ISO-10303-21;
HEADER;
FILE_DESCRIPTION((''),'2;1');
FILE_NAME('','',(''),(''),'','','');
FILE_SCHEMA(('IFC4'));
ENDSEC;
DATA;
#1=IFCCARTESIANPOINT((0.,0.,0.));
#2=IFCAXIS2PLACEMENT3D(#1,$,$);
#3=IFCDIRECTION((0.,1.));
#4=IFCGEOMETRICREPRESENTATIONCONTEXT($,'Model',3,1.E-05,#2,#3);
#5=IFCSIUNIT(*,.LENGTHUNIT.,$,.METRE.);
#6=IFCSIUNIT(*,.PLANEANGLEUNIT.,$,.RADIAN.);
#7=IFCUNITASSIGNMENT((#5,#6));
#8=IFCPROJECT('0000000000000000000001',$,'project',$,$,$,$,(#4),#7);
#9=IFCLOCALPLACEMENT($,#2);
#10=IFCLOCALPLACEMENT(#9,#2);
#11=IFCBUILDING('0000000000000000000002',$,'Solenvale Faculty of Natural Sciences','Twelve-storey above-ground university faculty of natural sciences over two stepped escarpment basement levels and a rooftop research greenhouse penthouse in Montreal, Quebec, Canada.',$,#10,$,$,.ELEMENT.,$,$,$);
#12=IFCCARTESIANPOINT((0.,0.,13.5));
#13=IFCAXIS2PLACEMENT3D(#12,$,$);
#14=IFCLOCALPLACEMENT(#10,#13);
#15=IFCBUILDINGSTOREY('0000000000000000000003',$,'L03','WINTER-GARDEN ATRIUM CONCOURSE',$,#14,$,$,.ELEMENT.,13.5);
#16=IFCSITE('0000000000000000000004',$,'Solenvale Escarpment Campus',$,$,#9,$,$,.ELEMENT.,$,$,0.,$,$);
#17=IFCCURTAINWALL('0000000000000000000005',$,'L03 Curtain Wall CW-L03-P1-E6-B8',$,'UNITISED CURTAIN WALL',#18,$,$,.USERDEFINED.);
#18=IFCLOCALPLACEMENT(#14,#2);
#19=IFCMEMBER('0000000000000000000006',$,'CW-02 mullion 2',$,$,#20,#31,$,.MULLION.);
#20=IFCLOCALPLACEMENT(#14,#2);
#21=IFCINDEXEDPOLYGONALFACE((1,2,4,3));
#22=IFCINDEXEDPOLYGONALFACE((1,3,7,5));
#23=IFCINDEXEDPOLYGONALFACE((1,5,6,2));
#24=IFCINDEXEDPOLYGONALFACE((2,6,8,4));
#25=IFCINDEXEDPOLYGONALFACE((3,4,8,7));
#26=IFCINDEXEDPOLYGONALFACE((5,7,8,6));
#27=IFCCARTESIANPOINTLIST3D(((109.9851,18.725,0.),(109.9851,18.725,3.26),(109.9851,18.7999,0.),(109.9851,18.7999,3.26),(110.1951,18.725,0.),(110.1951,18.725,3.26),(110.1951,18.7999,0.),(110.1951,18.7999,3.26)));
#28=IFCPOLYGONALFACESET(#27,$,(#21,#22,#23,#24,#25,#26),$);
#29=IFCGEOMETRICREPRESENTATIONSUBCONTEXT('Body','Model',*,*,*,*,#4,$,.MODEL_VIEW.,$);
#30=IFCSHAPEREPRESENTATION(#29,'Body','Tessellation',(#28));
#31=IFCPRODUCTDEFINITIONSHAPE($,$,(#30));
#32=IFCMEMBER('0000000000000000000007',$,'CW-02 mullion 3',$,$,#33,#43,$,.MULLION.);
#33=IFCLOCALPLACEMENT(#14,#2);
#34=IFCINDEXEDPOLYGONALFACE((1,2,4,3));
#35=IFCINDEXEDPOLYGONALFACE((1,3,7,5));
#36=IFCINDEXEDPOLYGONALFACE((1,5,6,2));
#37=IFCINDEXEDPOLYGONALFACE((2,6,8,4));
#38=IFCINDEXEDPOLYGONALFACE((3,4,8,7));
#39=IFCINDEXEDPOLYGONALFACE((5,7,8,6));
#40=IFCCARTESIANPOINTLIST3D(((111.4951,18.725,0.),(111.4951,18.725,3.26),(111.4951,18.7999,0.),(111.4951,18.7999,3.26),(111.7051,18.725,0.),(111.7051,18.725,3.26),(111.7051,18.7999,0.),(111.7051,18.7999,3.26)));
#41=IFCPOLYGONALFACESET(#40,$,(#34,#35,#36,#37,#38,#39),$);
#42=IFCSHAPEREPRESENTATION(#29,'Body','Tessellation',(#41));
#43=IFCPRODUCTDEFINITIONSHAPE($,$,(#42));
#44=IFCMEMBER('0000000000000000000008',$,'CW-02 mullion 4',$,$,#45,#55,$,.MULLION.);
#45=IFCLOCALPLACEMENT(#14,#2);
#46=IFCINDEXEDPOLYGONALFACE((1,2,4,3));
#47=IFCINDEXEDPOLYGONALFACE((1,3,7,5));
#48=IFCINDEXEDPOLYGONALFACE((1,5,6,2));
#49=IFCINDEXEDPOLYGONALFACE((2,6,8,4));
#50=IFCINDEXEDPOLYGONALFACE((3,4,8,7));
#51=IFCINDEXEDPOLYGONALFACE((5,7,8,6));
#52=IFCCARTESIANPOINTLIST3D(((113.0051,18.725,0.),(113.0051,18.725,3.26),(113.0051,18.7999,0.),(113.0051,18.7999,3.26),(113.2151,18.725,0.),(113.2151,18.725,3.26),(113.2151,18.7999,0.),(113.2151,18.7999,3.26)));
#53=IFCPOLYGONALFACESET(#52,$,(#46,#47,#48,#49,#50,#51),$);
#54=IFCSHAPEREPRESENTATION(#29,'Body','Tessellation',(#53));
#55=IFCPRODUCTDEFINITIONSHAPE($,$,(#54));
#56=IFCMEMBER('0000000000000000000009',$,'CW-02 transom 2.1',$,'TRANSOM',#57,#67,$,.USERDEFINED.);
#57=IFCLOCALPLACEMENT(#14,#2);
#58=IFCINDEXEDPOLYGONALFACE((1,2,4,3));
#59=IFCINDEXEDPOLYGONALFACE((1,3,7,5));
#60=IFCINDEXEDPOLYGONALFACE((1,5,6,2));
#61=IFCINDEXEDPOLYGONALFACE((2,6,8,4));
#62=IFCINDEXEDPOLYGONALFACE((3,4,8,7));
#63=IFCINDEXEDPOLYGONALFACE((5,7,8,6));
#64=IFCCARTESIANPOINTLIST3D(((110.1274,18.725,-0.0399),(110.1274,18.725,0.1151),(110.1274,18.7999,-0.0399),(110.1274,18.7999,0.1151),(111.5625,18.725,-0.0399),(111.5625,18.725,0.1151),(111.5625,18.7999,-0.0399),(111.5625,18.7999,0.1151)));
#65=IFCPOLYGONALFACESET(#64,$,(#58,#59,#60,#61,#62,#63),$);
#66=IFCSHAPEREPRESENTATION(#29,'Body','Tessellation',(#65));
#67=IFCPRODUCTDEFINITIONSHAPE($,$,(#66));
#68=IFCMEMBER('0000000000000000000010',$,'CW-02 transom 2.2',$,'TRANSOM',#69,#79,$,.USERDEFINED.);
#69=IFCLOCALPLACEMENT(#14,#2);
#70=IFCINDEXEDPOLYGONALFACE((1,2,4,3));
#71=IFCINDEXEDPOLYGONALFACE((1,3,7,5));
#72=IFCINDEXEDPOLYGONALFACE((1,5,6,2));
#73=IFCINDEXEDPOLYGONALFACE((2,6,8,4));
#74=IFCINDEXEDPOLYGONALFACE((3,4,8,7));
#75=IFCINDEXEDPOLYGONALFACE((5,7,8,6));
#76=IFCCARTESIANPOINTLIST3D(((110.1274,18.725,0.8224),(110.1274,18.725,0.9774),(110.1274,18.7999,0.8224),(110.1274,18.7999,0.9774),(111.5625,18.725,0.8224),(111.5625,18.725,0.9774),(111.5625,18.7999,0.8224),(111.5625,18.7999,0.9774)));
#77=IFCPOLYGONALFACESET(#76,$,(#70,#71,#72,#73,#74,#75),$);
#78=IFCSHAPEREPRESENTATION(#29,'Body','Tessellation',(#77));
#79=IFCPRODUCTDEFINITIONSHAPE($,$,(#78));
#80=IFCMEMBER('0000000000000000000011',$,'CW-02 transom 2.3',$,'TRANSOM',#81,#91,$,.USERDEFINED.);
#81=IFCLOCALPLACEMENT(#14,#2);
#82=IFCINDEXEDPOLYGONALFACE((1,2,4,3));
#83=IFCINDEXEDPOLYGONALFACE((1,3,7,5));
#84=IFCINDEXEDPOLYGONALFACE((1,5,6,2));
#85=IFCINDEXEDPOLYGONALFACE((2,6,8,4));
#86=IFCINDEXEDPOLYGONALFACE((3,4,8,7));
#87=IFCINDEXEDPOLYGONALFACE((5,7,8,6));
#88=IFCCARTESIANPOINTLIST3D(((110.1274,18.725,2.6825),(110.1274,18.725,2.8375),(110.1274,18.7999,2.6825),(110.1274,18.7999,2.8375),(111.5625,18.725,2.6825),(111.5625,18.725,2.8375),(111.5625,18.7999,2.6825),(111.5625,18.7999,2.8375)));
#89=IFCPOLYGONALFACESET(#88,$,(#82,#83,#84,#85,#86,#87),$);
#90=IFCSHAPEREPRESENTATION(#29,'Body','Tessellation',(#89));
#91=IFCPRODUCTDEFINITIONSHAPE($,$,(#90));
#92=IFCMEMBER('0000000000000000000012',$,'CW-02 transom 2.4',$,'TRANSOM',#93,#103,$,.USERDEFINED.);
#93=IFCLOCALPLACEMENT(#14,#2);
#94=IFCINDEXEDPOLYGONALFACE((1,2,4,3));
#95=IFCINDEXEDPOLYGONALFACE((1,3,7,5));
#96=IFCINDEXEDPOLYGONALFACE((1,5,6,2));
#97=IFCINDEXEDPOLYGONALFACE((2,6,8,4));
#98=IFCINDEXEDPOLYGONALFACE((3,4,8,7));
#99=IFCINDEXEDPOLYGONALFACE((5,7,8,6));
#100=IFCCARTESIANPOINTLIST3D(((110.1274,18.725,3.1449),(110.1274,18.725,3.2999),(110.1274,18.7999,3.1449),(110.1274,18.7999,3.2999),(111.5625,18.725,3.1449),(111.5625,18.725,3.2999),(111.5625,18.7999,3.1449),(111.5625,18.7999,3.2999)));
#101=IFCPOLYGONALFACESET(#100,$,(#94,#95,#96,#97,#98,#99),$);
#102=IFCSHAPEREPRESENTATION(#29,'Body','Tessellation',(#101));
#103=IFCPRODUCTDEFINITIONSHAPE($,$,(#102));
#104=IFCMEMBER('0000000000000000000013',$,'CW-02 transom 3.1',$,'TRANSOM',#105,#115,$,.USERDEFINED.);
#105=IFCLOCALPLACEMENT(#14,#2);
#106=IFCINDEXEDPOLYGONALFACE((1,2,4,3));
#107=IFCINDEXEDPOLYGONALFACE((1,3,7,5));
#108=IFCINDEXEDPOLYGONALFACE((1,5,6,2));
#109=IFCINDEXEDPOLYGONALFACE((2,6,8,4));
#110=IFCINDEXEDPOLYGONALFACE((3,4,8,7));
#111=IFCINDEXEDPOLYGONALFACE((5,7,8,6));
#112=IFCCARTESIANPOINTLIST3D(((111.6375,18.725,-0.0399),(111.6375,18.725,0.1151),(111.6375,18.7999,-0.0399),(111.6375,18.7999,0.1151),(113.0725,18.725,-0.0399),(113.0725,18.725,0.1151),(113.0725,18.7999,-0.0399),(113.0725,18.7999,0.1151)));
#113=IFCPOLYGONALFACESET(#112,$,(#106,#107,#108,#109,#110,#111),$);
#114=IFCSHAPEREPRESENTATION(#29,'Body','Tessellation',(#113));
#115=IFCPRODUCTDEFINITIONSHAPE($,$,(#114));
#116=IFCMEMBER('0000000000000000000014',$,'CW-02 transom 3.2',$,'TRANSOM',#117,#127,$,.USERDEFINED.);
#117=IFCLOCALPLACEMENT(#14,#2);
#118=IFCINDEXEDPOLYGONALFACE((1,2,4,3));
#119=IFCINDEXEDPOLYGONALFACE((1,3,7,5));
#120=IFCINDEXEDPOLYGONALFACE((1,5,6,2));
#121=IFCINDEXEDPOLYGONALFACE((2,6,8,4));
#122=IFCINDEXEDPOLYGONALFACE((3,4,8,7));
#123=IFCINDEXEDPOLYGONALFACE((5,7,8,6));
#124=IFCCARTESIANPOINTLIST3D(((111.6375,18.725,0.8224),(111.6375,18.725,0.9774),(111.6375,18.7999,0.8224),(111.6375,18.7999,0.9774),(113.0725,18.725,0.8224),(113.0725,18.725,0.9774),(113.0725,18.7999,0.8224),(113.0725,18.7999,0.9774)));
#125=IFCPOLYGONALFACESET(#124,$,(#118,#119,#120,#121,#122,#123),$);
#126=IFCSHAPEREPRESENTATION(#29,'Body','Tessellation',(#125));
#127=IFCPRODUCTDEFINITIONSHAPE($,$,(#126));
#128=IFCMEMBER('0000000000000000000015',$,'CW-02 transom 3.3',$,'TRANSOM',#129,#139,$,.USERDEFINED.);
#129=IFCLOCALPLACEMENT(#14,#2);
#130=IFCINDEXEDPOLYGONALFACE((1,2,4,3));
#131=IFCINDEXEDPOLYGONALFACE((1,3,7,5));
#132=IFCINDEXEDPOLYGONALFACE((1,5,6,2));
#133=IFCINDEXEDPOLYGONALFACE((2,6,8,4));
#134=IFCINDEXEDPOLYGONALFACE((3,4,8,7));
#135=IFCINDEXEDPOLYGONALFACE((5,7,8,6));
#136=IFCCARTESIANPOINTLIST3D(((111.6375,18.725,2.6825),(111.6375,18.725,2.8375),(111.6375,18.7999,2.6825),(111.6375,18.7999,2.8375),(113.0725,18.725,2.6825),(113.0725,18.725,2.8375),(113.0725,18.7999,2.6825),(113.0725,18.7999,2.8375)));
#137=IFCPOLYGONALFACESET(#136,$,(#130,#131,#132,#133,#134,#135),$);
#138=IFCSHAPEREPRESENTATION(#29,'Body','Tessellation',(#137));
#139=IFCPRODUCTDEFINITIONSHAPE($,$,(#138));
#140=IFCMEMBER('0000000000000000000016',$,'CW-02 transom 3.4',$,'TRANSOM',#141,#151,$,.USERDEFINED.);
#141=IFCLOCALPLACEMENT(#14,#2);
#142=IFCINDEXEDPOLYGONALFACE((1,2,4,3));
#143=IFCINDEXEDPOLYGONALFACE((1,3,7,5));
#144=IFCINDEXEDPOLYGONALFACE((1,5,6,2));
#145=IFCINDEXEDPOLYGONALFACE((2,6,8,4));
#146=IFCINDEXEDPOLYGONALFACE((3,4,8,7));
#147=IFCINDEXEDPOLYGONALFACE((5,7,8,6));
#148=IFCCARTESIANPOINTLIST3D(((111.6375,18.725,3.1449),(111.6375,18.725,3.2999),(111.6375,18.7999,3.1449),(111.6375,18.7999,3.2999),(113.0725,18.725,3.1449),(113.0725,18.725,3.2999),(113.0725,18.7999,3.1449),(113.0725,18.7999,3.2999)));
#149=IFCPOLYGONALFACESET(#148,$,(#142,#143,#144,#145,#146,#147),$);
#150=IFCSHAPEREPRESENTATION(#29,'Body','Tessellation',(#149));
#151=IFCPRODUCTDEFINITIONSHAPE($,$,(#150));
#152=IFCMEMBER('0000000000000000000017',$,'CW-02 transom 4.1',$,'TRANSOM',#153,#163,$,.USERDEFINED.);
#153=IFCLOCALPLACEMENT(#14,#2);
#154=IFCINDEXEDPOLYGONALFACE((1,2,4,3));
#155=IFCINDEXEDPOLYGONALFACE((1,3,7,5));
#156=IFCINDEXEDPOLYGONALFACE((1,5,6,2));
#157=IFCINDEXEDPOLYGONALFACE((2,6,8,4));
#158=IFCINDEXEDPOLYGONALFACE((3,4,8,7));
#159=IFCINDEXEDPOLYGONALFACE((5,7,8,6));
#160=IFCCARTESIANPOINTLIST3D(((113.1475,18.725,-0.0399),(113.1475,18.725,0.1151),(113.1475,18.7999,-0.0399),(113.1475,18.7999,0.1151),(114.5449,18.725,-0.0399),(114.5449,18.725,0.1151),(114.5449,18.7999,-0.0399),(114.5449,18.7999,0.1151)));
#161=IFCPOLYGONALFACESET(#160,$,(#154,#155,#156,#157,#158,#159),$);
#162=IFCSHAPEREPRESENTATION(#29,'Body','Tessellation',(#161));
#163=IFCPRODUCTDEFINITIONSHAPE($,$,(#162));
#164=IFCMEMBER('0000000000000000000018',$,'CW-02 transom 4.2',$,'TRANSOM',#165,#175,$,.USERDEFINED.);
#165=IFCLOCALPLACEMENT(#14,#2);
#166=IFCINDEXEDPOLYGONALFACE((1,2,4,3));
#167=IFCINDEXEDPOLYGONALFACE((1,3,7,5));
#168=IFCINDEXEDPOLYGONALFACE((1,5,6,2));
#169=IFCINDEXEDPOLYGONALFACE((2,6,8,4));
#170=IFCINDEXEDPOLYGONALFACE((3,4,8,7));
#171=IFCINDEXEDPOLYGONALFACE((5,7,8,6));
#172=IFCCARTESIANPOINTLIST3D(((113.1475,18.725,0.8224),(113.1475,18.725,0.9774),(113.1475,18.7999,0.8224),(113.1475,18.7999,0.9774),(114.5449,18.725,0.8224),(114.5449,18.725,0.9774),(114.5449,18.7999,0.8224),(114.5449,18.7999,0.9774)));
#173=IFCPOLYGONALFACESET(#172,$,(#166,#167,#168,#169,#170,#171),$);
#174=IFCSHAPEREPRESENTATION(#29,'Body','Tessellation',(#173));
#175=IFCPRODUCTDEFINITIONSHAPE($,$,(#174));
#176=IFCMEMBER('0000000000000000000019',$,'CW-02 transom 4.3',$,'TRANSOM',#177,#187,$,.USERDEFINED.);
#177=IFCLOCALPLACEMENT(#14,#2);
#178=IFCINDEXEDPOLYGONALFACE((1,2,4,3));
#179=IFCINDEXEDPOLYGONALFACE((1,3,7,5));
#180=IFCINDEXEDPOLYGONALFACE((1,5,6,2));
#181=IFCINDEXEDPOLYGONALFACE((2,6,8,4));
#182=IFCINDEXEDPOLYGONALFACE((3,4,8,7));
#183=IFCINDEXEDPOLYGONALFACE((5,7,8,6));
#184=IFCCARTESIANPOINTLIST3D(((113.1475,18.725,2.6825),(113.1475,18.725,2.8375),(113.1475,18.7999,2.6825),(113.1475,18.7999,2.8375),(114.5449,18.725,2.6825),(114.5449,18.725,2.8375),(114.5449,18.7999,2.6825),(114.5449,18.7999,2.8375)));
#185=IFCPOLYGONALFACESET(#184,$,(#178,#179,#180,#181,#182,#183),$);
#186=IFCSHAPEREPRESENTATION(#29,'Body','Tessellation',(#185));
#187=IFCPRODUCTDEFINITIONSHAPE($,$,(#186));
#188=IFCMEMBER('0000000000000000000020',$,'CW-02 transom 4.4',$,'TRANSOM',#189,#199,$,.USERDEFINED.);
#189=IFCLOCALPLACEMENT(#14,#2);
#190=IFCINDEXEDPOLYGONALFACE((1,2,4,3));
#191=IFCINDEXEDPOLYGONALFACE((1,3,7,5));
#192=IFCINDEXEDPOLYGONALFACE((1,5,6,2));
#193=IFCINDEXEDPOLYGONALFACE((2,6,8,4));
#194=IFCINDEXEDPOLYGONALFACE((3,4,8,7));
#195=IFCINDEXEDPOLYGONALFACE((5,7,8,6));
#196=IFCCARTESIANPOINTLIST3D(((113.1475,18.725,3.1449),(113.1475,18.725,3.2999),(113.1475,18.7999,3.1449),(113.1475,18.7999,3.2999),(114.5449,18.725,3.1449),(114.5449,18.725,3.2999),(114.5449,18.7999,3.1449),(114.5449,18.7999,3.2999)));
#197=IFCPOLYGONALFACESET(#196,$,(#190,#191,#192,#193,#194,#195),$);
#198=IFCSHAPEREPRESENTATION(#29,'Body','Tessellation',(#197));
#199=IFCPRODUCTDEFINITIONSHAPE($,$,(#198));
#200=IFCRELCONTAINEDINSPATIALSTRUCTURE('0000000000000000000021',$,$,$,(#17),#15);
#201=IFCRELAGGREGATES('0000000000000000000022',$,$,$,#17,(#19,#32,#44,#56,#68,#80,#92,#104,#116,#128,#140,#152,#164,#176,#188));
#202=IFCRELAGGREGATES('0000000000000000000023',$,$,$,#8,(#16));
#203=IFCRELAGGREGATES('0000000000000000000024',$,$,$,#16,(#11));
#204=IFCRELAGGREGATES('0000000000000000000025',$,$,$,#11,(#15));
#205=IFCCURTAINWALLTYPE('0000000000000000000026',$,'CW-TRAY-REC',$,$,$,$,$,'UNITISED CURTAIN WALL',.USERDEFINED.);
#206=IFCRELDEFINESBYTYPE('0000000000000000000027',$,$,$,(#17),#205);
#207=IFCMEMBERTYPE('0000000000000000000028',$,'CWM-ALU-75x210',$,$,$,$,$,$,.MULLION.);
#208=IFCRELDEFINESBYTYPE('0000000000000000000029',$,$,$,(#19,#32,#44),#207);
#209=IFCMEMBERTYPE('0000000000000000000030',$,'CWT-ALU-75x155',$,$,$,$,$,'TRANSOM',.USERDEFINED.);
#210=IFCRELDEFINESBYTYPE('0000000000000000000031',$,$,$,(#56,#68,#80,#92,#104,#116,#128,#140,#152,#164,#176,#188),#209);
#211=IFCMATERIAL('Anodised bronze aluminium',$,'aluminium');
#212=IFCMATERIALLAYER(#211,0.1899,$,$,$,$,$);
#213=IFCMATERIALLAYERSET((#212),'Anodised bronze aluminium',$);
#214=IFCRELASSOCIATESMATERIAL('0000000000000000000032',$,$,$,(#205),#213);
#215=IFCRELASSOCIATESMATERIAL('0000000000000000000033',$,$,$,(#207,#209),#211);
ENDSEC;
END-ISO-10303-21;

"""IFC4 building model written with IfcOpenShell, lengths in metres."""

from ifc_helpers import new_model, si_unit, direction, frame, origin, origin_2d, place, context, subcontext, project, spatial, rectangle, extrude, material, layer, layer_set, material_profile, profile_set, type_object, element, aggregate, save


model = new_model("IFC4")

# Units and contexts
model_context = context("Model", 3, precision=1e-05, world=origin(), true_north=direction((0.0, 1.0)))
body_context = subcontext(model_context, "Body", "Model", "MODEL_VIEW")
ifc_project = project(units=[si_unit("LENGTHUNIT", "METRE"), si_unit("PLANEANGLEUNIT", "RADIAN")], contexts=[model_context])

# Site, building, storey
site_placement = place(None, origin())
site = spatial("IfcSite", under=ifc_project, at=site_placement, Name="Solenvale Escarpment Campus", CompositionType="ELEMENT", RefElevation=0.0)
building_placement = place(site_placement, origin())
building = spatial("IfcBuilding", under=site, at=building_placement, Name="Solenvale Faculty of Natural Sciences", Description="Twelve-storey above-ground university faculty of natural sciences over two stepped escarpment basement levels and a rooftop research greenhouse penthouse in Montreal, Quebec, Canada.", CompositionType="ELEMENT")
storey_placement = place(building_placement, frame((0.0, 0.0, 13.5)))
storey = spatial("IfcBuildingStorey", under=building, at=storey_placement, Name="L03", Description="WINTER-GARDEN ATRIUM CONCOURSE", CompositionType="ELEMENT", Elevation=13.5)

# Curtain wall, members
ifc_material_1 = material(Name="Anodised bronze aluminium", Category="aluminium")
ifc_layer_1 = layer(ifc_material_1, 0.1899)
ifc_layer_set_1 = layer_set([ifc_layer_1], Name="Anodised bronze aluminium")
curtain_wall_type = type_object("IfcCurtainWallType", Name="CW-TRAY-REC", ElementType="UNITISED CURTAIN WALL", PredefinedType="USERDEFINED", material=ifc_layer_set_1)
curtain_wall_placement = place(storey_placement, origin())
curtain_wall = element("IfcCurtainWall", 1, at=curtain_wall_placement, inside=storey, type_object=curtain_wall_type, Name="L03 Curtain Wall CW-L03-P1-E6-B8", ObjectType="UNITISED CURTAIN WALL", PredefinedType="USERDEFINED")
ifc_material_profile_1 = material_profile(ifc_material_1, rectangle(XDim=0.075, YDim=0.21, at=origin_2d()), Name="ALU-MUL-75x210")
ifc_profile_set_1 = profile_set([ifc_material_profile_1], Name="Anodised bronze aluminium")
member_type_1 = type_object("IfcMemberType", Name="CWM-ALU-75x210", PredefinedType="MULLION", material=ifc_profile_set_1)
member_1_placement = place(storey_placement, frame((110.0901, 18.7625, 0.0), z_axis=(0.0, 0.0, 1.0), x_axis=(0.0, 1.0, 0.0)))
member_1 = element("IfcMember", 2, at=member_1_placement, type_object=member_type_1, Name="CW-02 mullion 2", PredefinedType="MULLION", context=body_context, shape_type="SweptSolid", body=[
    extrude(rectangle(XDim=0.075, YDim=0.21, at=origin_2d()), origin(), (0.0, 0.0, 1.0), 3.26),
])
member_2_placement = place(storey_placement, frame((111.6001, 18.7625, 0.0), z_axis=(0.0, 0.0, 1.0), x_axis=(0.0, 1.0, 0.0)))
member_2 = element("IfcMember", 3, at=member_2_placement, type_object=member_type_1, Name="CW-02 mullion 3", PredefinedType="MULLION", context=body_context, shape_type="SweptSolid", body=[
    extrude(rectangle(XDim=0.075, YDim=0.21, at=origin_2d()), origin(), (0.0, 0.0, 1.0), 3.26),
])
member_3_placement = place(storey_placement, frame((113.1101, 18.7625, 0.0), z_axis=(0.0, 0.0, 1.0), x_axis=(0.0, 1.0, 0.0)))
member_3 = element("IfcMember", 4, at=member_3_placement, type_object=member_type_1, Name="CW-02 mullion 4", PredefinedType="MULLION", context=body_context, shape_type="SweptSolid", body=[
    extrude(rectangle(XDim=0.075, YDim=0.21, at=origin_2d()), origin(), (0.0, 0.0, 1.0), 3.26),
])
ifc_material_profile_2 = material_profile(ifc_material_1, rectangle(XDim=0.075, YDim=0.155, at=origin_2d()), Name="ALU-TRN-75x155")
ifc_profile_set_2 = profile_set([ifc_material_profile_2], Name="Anodised bronze aluminium")
member_type_2 = type_object("IfcMemberType", Name="CWT-ALU-75x155", ElementType="TRANSOM", PredefinedType="USERDEFINED", material=ifc_profile_set_2)
member_4_placement = place(storey_placement, frame((110.1274, 18.7625, 0.0376), z_axis=(1.0, 0.0, 0.0), x_axis=(0.0, 1.0, 0.0)))
member_4 = element("IfcMember", 5, at=member_4_placement, type_object=member_type_2, Name="CW-02 transom 2.1", ObjectType="TRANSOM", PredefinedType="USERDEFINED", context=body_context, shape_type="SweptSolid", body=[
    extrude(rectangle(XDim=0.075, YDim=0.155, at=origin_2d()), origin(), (0.0, 0.0, 1.0), 1.4351),
])
member_5_placement = place(storey_placement, frame((110.1274, 18.7625, 0.8999), z_axis=(1.0, 0.0, 0.0), x_axis=(0.0, 1.0, 0.0)))
member_5 = element("IfcMember", 6, at=member_5_placement, type_object=member_type_2, Name="CW-02 transom 2.2", ObjectType="TRANSOM", PredefinedType="USERDEFINED", context=body_context, shape_type="SweptSolid", body=[
    extrude(rectangle(XDim=0.075, YDim=0.155, at=origin_2d()), origin(), (0.0, 0.0, 1.0), 1.4351),
])
member_6_placement = place(storey_placement, frame((110.1274, 18.7625, 2.76), z_axis=(1.0, 0.0, 0.0), x_axis=(0.0, 1.0, 0.0)))
member_6 = element("IfcMember", 7, at=member_6_placement, type_object=member_type_2, Name="CW-02 transom 2.3", ObjectType="TRANSOM", PredefinedType="USERDEFINED", context=body_context, shape_type="SweptSolid", body=[
    extrude(rectangle(XDim=0.075, YDim=0.155, at=origin_2d()), origin(), (0.0, 0.0, 1.0), 1.4351),
])
member_7_placement = place(storey_placement, frame((110.1274, 18.7625, 3.2224), z_axis=(1.0, 0.0, 0.0), x_axis=(0.0, 1.0, 0.0)))
member_7 = element("IfcMember", 8, at=member_7_placement, type_object=member_type_2, Name="CW-02 transom 2.4", ObjectType="TRANSOM", PredefinedType="USERDEFINED", context=body_context, shape_type="SweptSolid", body=[
    extrude(rectangle(XDim=0.075, YDim=0.155, at=origin_2d()), origin(), (0.0, 0.0, 1.0), 1.4351),
])
member_8_placement = place(storey_placement, frame((111.6375, 18.7625, 0.0376), z_axis=(1.0, 0.0, 0.0), x_axis=(0.0, 1.0, 0.0)))
member_8 = element("IfcMember", 9, at=member_8_placement, type_object=member_type_2, Name="CW-02 transom 3.1", ObjectType="TRANSOM", PredefinedType="USERDEFINED", context=body_context, shape_type="SweptSolid", body=[
    extrude(rectangle(XDim=0.075, YDim=0.155, at=origin_2d()), origin(), (0.0, 0.0, 1.0), 1.4351),
])
member_9_placement = place(storey_placement, frame((111.6375, 18.7625, 0.8999), z_axis=(1.0, 0.0, 0.0), x_axis=(0.0, 1.0, 0.0)))
member_9 = element("IfcMember", 10, at=member_9_placement, type_object=member_type_2, Name="CW-02 transom 3.2", ObjectType="TRANSOM", PredefinedType="USERDEFINED", context=body_context, shape_type="SweptSolid", body=[
    extrude(rectangle(XDim=0.075, YDim=0.155, at=origin_2d()), origin(), (0.0, 0.0, 1.0), 1.4351),
])
member_10_placement = place(storey_placement, frame((111.6375, 18.7625, 2.76), z_axis=(1.0, 0.0, 0.0), x_axis=(0.0, 1.0, 0.0)))
member_10 = element("IfcMember", 11, at=member_10_placement, type_object=member_type_2, Name="CW-02 transom 3.3", ObjectType="TRANSOM", PredefinedType="USERDEFINED", context=body_context, shape_type="SweptSolid", body=[
    extrude(rectangle(XDim=0.075, YDim=0.155, at=origin_2d()), origin(), (0.0, 0.0, 1.0), 1.4351),
])
member_11_placement = place(storey_placement, frame((111.6375, 18.7625, 3.2224), z_axis=(1.0, 0.0, 0.0), x_axis=(0.0, 1.0, 0.0)))
member_11 = element("IfcMember", 12, at=member_11_placement, type_object=member_type_2, Name="CW-02 transom 3.4", ObjectType="TRANSOM", PredefinedType="USERDEFINED", context=body_context, shape_type="SweptSolid", body=[
    extrude(rectangle(XDim=0.075, YDim=0.155, at=origin_2d()), origin(), (0.0, 0.0, 1.0), 1.4351),
])
member_12_placement = place(storey_placement, frame((113.1475, 18.7625, 0.0376), z_axis=(1.0, 0.0, 0.0), x_axis=(0.0, 1.0, 0.0)))
member_12 = element("IfcMember", 13, at=member_12_placement, type_object=member_type_2, Name="CW-02 transom 4.1", ObjectType="TRANSOM", PredefinedType="USERDEFINED", context=body_context, shape_type="SweptSolid", body=[
    extrude(rectangle(XDim=0.075, YDim=0.155, at=origin_2d()), origin(), (0.0, 0.0, 1.0), 1.3975),
])
member_13_placement = place(storey_placement, frame((113.1475, 18.7625, 0.8999), z_axis=(1.0, 0.0, 0.0), x_axis=(0.0, 1.0, 0.0)))
member_13 = element("IfcMember", 14, at=member_13_placement, type_object=member_type_2, Name="CW-02 transom 4.2", ObjectType="TRANSOM", PredefinedType="USERDEFINED", context=body_context, shape_type="SweptSolid", body=[
    extrude(rectangle(XDim=0.075, YDim=0.155, at=origin_2d()), origin(), (0.0, 0.0, 1.0), 1.3975),
])
member_14_placement = place(storey_placement, frame((113.1475, 18.7625, 2.76), z_axis=(1.0, 0.0, 0.0), x_axis=(0.0, 1.0, 0.0)))
member_14 = element("IfcMember", 15, at=member_14_placement, type_object=member_type_2, Name="CW-02 transom 4.3", ObjectType="TRANSOM", PredefinedType="USERDEFINED", context=body_context, shape_type="SweptSolid", body=[
    extrude(rectangle(XDim=0.075, YDim=0.155, at=origin_2d()), origin(), (0.0, 0.0, 1.0), 1.3975),
])
member_15_placement = place(storey_placement, frame((113.1475, 18.7625, 3.2224), z_axis=(1.0, 0.0, 0.0), x_axis=(0.0, 1.0, 0.0)))
member_15 = element("IfcMember", 16, at=member_15_placement, type_object=member_type_2, Name="CW-02 transom 4.4", ObjectType="TRANSOM", PredefinedType="USERDEFINED", context=body_context, shape_type="SweptSolid", body=[
    extrude(rectangle(XDim=0.075, YDim=0.155, at=origin_2d()), origin(), (0.0, 0.0, 1.0), 1.3975),
])
aggregate(curtain_wall, [member_1, member_2, member_3, member_4, member_5, member_6, member_7, member_8, member_9, member_10, member_11, member_12, member_13, member_14, member_15])

save(model, "model.ifc")
